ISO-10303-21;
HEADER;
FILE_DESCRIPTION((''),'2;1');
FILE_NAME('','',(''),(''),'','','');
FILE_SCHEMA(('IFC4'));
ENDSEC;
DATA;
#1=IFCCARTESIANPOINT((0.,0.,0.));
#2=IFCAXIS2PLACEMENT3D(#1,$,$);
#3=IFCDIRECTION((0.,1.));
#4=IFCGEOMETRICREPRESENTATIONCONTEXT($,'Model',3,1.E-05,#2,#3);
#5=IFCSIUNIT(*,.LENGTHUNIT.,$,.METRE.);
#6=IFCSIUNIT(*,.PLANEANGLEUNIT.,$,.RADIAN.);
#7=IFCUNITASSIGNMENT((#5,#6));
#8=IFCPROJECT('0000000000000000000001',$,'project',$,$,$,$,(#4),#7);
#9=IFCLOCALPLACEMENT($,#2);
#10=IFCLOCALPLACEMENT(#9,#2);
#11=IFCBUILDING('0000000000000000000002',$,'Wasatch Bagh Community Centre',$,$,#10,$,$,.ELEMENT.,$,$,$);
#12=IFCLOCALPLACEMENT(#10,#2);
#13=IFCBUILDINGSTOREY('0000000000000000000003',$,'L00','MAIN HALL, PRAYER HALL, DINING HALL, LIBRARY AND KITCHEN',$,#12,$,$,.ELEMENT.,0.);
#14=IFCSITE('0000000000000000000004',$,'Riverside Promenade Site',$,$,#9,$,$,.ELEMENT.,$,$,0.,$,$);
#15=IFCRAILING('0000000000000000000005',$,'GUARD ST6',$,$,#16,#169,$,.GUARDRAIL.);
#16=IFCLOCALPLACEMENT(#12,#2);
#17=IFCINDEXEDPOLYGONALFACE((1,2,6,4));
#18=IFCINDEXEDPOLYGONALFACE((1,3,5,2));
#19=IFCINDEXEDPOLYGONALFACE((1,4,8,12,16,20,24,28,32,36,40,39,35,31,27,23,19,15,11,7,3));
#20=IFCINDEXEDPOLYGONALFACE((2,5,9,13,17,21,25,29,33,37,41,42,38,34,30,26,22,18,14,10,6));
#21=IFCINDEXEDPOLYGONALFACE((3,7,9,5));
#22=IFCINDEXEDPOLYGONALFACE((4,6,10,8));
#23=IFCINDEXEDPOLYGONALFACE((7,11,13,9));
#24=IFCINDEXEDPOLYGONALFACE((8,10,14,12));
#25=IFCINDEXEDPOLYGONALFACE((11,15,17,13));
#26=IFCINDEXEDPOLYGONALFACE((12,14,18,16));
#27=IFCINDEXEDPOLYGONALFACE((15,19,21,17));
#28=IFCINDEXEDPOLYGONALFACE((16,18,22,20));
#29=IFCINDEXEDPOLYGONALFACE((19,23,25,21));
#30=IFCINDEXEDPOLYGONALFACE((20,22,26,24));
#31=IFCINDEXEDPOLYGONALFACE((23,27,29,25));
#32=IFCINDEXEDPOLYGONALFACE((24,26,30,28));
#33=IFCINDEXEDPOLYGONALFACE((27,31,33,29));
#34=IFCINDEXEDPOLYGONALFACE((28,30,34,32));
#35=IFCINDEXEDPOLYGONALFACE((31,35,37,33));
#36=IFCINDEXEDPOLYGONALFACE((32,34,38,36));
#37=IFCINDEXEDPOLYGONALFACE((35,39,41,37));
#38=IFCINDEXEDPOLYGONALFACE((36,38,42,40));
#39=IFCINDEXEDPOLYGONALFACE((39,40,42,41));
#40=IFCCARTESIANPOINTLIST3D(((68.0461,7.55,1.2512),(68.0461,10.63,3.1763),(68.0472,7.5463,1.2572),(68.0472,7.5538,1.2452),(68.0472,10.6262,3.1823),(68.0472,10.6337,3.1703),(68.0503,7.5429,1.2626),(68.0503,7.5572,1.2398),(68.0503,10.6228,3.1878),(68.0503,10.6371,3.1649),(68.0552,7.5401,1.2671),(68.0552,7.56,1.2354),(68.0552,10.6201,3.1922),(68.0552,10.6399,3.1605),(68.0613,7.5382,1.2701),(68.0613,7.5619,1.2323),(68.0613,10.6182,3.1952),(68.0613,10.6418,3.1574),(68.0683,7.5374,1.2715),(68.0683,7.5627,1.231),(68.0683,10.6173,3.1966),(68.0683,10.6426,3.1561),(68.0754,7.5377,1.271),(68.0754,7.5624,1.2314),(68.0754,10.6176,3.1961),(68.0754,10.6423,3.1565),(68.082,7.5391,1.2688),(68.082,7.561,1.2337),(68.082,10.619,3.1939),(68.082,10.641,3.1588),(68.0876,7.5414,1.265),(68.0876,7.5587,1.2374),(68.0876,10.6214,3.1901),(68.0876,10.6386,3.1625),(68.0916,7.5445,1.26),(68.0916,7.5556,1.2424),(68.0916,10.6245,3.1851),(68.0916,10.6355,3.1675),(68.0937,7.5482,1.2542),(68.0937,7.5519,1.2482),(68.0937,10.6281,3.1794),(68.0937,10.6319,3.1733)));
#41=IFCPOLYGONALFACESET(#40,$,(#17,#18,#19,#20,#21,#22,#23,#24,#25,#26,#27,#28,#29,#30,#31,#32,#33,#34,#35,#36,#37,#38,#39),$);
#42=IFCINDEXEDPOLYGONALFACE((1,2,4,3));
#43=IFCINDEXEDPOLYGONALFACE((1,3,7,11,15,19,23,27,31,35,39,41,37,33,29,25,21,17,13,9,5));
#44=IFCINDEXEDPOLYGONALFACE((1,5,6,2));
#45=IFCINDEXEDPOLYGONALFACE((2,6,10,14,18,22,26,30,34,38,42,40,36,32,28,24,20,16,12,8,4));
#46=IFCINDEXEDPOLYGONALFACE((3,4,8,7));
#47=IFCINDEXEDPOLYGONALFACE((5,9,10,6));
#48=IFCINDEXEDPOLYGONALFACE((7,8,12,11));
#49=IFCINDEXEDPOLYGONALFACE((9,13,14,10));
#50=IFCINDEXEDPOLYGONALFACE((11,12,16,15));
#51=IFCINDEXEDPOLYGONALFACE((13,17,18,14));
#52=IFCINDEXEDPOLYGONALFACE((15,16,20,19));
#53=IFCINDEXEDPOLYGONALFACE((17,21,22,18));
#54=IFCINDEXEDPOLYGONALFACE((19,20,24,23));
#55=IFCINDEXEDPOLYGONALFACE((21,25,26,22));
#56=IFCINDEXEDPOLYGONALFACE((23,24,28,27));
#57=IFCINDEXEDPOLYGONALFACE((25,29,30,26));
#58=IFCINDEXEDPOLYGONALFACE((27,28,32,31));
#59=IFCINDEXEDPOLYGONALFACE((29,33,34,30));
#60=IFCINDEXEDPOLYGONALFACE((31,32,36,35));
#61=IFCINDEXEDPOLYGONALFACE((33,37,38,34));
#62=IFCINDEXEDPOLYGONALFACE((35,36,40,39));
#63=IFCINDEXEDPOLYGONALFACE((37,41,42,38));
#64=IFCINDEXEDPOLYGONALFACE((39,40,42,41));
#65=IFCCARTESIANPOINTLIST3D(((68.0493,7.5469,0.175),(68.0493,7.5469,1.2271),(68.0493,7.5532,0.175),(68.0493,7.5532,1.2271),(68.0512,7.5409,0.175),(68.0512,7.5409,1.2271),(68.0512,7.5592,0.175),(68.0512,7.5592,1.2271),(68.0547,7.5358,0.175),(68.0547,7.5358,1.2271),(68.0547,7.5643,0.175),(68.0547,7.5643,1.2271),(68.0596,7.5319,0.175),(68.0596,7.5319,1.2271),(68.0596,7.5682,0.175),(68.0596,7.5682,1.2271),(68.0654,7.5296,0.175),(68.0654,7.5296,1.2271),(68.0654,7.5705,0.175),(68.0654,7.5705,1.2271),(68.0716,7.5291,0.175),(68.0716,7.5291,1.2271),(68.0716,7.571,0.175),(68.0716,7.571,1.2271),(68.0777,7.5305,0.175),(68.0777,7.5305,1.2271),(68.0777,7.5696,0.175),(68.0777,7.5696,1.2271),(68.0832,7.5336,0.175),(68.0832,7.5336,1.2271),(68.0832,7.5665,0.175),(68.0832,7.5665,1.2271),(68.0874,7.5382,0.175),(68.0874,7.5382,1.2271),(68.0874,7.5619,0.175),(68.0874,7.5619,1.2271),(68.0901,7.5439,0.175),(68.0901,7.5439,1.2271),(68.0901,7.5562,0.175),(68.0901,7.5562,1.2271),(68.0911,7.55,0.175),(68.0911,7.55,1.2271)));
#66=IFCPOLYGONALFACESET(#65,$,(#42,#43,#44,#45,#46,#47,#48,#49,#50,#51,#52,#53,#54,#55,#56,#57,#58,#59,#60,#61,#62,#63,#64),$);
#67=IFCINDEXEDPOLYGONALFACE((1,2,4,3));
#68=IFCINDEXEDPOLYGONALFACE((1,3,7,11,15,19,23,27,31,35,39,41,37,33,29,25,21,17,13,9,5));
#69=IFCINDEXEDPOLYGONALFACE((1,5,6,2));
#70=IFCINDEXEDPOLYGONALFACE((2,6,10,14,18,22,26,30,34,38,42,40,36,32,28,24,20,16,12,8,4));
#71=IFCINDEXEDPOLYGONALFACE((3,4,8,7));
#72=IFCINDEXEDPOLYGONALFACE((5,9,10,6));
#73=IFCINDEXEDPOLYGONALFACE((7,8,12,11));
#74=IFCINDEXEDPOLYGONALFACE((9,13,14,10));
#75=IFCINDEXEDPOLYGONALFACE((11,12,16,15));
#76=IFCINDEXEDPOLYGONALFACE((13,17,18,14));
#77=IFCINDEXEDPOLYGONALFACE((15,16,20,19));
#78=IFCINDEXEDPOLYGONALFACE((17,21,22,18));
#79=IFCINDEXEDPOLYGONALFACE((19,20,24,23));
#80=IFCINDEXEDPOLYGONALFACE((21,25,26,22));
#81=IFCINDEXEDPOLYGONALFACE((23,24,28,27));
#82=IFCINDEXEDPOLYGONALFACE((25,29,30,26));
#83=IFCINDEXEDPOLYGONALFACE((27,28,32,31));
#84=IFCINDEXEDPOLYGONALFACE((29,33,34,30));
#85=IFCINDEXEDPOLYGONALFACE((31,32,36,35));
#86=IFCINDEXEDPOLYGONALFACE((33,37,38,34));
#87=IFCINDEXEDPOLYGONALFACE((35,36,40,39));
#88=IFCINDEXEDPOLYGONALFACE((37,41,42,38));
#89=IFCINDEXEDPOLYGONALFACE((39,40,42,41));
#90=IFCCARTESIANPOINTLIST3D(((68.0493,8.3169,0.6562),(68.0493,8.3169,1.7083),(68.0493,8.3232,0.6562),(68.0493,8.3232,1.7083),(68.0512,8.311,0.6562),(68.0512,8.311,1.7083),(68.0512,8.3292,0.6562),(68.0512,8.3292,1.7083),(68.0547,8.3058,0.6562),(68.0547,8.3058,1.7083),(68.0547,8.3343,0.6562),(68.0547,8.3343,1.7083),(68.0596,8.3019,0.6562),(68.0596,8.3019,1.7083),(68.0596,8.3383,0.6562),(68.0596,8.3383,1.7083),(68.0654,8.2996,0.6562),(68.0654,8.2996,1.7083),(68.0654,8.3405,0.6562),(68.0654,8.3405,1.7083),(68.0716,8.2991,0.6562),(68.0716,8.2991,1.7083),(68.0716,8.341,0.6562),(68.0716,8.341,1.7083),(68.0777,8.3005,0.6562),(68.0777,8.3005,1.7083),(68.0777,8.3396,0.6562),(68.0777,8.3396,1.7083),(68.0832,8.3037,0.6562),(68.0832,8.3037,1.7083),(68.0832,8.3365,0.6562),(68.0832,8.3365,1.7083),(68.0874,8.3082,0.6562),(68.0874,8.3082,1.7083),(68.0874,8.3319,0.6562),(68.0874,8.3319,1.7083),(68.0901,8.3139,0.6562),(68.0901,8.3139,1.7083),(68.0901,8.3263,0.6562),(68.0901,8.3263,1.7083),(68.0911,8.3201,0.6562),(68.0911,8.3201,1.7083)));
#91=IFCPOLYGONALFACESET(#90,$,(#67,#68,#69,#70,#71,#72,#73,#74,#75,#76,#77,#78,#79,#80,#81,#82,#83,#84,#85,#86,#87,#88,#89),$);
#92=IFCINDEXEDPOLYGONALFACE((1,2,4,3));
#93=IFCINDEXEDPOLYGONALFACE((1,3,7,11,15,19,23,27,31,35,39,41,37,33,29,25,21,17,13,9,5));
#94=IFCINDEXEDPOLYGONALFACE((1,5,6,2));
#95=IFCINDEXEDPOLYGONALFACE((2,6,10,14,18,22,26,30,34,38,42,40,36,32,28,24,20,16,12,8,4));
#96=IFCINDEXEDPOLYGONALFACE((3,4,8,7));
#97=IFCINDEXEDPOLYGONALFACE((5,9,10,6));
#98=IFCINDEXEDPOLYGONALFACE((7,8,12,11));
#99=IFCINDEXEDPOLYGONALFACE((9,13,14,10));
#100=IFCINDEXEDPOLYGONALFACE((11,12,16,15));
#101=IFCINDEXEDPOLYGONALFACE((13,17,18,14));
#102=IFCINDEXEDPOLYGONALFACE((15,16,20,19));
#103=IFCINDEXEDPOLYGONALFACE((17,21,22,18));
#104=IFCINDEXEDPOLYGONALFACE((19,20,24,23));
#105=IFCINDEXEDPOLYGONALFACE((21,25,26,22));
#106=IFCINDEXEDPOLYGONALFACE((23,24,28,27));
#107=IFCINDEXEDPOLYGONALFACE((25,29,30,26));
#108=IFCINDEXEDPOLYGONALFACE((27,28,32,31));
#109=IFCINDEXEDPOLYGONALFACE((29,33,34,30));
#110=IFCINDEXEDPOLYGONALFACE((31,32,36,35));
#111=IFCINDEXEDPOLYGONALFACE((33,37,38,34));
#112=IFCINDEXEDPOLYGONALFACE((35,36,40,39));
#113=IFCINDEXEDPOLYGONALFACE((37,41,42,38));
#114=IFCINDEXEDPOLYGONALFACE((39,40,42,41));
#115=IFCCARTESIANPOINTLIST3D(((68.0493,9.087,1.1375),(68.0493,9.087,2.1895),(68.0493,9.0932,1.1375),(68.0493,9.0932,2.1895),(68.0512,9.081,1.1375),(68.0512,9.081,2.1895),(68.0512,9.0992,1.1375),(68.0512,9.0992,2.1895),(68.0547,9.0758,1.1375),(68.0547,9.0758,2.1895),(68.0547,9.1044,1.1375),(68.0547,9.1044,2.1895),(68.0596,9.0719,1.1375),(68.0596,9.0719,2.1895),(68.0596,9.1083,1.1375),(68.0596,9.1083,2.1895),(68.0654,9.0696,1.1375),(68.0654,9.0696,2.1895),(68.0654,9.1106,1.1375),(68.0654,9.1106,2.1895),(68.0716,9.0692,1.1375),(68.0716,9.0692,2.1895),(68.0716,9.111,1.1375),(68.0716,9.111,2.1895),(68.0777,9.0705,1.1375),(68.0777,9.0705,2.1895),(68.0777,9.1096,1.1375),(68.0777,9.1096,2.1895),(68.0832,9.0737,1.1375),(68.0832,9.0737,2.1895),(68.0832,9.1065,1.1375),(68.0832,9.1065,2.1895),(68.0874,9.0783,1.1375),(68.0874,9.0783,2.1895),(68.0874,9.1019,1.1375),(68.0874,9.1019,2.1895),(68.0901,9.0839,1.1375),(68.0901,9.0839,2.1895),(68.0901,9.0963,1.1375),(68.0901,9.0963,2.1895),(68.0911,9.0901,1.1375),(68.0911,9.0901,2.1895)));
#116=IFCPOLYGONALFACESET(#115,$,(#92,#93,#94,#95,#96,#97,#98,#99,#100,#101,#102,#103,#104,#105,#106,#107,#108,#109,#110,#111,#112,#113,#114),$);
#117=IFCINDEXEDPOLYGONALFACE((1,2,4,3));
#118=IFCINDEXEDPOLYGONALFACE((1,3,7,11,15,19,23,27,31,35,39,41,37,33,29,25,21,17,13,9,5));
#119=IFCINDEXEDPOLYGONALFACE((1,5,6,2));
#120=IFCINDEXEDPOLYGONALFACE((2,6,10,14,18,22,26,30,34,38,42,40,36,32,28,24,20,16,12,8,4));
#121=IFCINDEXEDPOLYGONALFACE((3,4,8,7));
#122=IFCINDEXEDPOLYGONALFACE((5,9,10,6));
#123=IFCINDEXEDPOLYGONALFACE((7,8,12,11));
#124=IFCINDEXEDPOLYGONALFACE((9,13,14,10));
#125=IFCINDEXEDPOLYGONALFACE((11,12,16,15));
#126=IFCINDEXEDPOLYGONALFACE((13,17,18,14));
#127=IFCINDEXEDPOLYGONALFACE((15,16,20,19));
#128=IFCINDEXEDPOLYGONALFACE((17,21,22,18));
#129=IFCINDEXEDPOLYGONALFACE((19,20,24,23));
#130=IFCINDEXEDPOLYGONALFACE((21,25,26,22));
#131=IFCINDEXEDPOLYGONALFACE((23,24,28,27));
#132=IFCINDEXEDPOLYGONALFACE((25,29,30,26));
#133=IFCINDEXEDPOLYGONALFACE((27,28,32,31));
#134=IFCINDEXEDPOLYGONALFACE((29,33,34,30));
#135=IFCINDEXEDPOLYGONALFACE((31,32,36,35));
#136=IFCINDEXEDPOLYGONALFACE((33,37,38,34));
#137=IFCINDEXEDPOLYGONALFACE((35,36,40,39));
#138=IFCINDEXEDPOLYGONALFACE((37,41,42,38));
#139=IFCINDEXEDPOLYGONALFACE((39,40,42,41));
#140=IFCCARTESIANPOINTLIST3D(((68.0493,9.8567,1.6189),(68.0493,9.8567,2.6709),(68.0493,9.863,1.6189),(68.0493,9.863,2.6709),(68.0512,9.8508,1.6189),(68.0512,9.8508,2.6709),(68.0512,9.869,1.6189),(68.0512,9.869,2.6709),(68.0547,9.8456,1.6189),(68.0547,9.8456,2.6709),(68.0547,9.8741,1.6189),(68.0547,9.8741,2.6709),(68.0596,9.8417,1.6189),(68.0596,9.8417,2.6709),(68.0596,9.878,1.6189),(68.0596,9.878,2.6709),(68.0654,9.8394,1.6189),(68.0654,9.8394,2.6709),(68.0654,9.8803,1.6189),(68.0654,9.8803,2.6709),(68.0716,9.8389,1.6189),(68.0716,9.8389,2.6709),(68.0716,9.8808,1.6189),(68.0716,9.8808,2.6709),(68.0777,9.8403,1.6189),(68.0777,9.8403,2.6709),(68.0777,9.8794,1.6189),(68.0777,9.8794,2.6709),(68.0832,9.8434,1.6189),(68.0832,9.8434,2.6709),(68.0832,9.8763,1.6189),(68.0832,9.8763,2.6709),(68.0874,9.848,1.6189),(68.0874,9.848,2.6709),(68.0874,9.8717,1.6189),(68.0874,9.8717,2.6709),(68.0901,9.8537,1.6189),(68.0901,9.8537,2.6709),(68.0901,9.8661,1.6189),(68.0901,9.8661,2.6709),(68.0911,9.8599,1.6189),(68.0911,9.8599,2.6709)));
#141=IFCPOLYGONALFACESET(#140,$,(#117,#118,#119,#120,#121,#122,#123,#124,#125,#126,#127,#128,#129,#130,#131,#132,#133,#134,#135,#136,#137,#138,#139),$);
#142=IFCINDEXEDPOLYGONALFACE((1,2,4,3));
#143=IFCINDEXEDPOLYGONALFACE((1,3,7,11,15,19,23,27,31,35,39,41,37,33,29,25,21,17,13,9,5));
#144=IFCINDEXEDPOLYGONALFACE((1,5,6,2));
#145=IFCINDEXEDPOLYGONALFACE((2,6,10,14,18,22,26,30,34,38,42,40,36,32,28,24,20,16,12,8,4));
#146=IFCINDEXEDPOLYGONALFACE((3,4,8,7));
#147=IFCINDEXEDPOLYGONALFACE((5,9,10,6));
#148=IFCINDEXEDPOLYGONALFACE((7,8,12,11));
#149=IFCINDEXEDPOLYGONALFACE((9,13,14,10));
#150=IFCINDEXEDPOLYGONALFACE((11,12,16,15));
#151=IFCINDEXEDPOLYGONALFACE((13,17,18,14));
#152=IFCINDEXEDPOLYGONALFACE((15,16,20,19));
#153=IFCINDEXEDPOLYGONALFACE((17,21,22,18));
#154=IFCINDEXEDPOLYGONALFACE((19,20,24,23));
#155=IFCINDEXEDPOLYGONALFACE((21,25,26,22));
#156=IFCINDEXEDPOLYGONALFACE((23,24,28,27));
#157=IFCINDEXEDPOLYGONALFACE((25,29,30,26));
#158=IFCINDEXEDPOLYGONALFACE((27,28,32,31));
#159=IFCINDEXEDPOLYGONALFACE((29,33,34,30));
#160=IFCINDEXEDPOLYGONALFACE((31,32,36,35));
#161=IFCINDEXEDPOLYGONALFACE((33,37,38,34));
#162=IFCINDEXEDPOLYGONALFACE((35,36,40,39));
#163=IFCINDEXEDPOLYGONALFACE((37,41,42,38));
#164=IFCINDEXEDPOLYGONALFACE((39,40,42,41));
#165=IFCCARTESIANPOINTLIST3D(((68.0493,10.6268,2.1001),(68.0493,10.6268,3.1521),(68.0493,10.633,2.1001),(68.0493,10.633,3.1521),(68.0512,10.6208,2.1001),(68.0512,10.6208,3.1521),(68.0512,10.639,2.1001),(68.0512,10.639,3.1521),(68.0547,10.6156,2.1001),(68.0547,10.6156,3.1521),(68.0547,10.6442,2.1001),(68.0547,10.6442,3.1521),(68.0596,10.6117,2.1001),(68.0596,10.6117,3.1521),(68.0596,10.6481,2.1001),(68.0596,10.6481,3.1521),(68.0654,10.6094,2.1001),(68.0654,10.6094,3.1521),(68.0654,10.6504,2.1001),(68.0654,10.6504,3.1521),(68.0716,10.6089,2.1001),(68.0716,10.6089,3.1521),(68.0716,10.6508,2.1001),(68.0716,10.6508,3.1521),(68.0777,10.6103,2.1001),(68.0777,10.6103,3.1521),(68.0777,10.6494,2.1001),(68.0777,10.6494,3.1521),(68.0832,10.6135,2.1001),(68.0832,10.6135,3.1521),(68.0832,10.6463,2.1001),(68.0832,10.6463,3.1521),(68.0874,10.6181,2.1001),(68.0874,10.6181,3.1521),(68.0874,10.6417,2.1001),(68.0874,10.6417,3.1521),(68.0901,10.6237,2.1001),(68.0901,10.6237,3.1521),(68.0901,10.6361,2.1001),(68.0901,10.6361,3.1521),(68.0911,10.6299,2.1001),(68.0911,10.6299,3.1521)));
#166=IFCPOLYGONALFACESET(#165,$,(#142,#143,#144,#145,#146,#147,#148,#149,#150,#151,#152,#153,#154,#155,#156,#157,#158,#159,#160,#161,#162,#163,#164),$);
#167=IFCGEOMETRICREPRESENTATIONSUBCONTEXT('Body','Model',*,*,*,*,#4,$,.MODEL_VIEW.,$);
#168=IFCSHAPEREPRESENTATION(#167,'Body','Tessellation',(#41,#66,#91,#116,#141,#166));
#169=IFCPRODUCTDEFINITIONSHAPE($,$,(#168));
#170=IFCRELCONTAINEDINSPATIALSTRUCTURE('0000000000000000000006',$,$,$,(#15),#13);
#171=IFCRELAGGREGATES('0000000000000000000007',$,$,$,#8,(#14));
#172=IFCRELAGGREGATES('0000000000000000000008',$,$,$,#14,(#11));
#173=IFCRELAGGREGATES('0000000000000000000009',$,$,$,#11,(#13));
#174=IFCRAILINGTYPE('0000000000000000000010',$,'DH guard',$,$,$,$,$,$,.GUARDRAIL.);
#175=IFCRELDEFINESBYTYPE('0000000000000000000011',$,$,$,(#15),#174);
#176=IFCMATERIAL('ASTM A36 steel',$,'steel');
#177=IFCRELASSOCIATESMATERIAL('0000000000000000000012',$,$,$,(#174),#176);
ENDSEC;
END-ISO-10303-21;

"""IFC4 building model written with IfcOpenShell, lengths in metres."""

from ifc_helpers import new_model, si_unit, direction, frame, origin, origin_2d, place, context, subcontext, project, spatial, circle, extrude, material, type_object, element, save


model = new_model("IFC4")

# Units and contexts
model_context = context("Model", 3, precision=1e-05, world=origin(), true_north=direction((0.0, 1.0)))
body_context = subcontext(model_context, "Body", "Model", "MODEL_VIEW")
ifc_project = project(units=[si_unit("LENGTHUNIT", "METRE"), si_unit("PLANEANGLEUNIT", "RADIAN")], contexts=[model_context])

# Site, building, storey
site_placement = place(None, origin())
site = spatial("IfcSite", under=ifc_project, at=site_placement, Name="Riverside Promenade Site", CompositionType="ELEMENT", RefElevation=0.0)
building_placement = place(site_placement, origin())
building = spatial("IfcBuilding", under=site, at=building_placement, Name="Wasatch Bagh Community Centre", CompositionType="ELEMENT")
storey_placement = place(building_placement, origin())
storey = spatial("IfcBuildingStorey", under=building, at=storey_placement, Name="L00", Description="MAIN HALL, PRAYER HALL, DINING HALL, LIBRARY AND KITCHEN", CompositionType="ELEMENT", Elevation=0.0)

# Railing
ifc_material_1 = material(Name="ASTM A36 steel", Category="steel")
railing_type_1 = type_object("IfcRailingType", Name="DH guard", PredefinedType="GUARDRAIL", material=ifc_material_1)
railing_1_placement = place(storey_placement, frame((68.0701, 7.55, 0.175)))
element("IfcRailing", 1, at=railing_1_placement, inside=storey, type_object=railing_type_1, Name="GUARD ST6", PredefinedType="GUARDRAIL", context=body_context, shape_type="SweptSolid", body=[
    extrude(circle(Radius=0.0239, at=origin_2d()), frame((0.0, 0.0, 1.0762), z_axis=(0.0, 0.847979, 0.530029), x_axis=(-1.0, 0.0, 0.0)), (0.0, 0.0, 1.0), 3.6321),
    extrude(circle(Radius=0.021, at=origin_2d()), origin(), (0.0, 0.0, 1.0), 1.052),
    extrude(circle(Radius=0.021, at=origin_2d()), frame((0.0, 0.77, 0.4812)), (0.0, 0.0, 1.0), 1.052),
    extrude(circle(Radius=0.021, at=origin_2d()), frame((0.0, 1.54, 0.9624)), (0.0, 0.0, 1.0), 1.052),
    extrude(circle(Radius=0.021, at=origin_2d()), frame((0.0, 2.3098, 1.4438)), (0.0, 0.0, 1.0), 1.052),
    extrude(circle(Radius=0.021, at=origin_2d()), frame((0.0, 3.0798, 1.925)), (0.0, 0.0, 1.0), 1.052),
])

save(model, "model.ifc")
